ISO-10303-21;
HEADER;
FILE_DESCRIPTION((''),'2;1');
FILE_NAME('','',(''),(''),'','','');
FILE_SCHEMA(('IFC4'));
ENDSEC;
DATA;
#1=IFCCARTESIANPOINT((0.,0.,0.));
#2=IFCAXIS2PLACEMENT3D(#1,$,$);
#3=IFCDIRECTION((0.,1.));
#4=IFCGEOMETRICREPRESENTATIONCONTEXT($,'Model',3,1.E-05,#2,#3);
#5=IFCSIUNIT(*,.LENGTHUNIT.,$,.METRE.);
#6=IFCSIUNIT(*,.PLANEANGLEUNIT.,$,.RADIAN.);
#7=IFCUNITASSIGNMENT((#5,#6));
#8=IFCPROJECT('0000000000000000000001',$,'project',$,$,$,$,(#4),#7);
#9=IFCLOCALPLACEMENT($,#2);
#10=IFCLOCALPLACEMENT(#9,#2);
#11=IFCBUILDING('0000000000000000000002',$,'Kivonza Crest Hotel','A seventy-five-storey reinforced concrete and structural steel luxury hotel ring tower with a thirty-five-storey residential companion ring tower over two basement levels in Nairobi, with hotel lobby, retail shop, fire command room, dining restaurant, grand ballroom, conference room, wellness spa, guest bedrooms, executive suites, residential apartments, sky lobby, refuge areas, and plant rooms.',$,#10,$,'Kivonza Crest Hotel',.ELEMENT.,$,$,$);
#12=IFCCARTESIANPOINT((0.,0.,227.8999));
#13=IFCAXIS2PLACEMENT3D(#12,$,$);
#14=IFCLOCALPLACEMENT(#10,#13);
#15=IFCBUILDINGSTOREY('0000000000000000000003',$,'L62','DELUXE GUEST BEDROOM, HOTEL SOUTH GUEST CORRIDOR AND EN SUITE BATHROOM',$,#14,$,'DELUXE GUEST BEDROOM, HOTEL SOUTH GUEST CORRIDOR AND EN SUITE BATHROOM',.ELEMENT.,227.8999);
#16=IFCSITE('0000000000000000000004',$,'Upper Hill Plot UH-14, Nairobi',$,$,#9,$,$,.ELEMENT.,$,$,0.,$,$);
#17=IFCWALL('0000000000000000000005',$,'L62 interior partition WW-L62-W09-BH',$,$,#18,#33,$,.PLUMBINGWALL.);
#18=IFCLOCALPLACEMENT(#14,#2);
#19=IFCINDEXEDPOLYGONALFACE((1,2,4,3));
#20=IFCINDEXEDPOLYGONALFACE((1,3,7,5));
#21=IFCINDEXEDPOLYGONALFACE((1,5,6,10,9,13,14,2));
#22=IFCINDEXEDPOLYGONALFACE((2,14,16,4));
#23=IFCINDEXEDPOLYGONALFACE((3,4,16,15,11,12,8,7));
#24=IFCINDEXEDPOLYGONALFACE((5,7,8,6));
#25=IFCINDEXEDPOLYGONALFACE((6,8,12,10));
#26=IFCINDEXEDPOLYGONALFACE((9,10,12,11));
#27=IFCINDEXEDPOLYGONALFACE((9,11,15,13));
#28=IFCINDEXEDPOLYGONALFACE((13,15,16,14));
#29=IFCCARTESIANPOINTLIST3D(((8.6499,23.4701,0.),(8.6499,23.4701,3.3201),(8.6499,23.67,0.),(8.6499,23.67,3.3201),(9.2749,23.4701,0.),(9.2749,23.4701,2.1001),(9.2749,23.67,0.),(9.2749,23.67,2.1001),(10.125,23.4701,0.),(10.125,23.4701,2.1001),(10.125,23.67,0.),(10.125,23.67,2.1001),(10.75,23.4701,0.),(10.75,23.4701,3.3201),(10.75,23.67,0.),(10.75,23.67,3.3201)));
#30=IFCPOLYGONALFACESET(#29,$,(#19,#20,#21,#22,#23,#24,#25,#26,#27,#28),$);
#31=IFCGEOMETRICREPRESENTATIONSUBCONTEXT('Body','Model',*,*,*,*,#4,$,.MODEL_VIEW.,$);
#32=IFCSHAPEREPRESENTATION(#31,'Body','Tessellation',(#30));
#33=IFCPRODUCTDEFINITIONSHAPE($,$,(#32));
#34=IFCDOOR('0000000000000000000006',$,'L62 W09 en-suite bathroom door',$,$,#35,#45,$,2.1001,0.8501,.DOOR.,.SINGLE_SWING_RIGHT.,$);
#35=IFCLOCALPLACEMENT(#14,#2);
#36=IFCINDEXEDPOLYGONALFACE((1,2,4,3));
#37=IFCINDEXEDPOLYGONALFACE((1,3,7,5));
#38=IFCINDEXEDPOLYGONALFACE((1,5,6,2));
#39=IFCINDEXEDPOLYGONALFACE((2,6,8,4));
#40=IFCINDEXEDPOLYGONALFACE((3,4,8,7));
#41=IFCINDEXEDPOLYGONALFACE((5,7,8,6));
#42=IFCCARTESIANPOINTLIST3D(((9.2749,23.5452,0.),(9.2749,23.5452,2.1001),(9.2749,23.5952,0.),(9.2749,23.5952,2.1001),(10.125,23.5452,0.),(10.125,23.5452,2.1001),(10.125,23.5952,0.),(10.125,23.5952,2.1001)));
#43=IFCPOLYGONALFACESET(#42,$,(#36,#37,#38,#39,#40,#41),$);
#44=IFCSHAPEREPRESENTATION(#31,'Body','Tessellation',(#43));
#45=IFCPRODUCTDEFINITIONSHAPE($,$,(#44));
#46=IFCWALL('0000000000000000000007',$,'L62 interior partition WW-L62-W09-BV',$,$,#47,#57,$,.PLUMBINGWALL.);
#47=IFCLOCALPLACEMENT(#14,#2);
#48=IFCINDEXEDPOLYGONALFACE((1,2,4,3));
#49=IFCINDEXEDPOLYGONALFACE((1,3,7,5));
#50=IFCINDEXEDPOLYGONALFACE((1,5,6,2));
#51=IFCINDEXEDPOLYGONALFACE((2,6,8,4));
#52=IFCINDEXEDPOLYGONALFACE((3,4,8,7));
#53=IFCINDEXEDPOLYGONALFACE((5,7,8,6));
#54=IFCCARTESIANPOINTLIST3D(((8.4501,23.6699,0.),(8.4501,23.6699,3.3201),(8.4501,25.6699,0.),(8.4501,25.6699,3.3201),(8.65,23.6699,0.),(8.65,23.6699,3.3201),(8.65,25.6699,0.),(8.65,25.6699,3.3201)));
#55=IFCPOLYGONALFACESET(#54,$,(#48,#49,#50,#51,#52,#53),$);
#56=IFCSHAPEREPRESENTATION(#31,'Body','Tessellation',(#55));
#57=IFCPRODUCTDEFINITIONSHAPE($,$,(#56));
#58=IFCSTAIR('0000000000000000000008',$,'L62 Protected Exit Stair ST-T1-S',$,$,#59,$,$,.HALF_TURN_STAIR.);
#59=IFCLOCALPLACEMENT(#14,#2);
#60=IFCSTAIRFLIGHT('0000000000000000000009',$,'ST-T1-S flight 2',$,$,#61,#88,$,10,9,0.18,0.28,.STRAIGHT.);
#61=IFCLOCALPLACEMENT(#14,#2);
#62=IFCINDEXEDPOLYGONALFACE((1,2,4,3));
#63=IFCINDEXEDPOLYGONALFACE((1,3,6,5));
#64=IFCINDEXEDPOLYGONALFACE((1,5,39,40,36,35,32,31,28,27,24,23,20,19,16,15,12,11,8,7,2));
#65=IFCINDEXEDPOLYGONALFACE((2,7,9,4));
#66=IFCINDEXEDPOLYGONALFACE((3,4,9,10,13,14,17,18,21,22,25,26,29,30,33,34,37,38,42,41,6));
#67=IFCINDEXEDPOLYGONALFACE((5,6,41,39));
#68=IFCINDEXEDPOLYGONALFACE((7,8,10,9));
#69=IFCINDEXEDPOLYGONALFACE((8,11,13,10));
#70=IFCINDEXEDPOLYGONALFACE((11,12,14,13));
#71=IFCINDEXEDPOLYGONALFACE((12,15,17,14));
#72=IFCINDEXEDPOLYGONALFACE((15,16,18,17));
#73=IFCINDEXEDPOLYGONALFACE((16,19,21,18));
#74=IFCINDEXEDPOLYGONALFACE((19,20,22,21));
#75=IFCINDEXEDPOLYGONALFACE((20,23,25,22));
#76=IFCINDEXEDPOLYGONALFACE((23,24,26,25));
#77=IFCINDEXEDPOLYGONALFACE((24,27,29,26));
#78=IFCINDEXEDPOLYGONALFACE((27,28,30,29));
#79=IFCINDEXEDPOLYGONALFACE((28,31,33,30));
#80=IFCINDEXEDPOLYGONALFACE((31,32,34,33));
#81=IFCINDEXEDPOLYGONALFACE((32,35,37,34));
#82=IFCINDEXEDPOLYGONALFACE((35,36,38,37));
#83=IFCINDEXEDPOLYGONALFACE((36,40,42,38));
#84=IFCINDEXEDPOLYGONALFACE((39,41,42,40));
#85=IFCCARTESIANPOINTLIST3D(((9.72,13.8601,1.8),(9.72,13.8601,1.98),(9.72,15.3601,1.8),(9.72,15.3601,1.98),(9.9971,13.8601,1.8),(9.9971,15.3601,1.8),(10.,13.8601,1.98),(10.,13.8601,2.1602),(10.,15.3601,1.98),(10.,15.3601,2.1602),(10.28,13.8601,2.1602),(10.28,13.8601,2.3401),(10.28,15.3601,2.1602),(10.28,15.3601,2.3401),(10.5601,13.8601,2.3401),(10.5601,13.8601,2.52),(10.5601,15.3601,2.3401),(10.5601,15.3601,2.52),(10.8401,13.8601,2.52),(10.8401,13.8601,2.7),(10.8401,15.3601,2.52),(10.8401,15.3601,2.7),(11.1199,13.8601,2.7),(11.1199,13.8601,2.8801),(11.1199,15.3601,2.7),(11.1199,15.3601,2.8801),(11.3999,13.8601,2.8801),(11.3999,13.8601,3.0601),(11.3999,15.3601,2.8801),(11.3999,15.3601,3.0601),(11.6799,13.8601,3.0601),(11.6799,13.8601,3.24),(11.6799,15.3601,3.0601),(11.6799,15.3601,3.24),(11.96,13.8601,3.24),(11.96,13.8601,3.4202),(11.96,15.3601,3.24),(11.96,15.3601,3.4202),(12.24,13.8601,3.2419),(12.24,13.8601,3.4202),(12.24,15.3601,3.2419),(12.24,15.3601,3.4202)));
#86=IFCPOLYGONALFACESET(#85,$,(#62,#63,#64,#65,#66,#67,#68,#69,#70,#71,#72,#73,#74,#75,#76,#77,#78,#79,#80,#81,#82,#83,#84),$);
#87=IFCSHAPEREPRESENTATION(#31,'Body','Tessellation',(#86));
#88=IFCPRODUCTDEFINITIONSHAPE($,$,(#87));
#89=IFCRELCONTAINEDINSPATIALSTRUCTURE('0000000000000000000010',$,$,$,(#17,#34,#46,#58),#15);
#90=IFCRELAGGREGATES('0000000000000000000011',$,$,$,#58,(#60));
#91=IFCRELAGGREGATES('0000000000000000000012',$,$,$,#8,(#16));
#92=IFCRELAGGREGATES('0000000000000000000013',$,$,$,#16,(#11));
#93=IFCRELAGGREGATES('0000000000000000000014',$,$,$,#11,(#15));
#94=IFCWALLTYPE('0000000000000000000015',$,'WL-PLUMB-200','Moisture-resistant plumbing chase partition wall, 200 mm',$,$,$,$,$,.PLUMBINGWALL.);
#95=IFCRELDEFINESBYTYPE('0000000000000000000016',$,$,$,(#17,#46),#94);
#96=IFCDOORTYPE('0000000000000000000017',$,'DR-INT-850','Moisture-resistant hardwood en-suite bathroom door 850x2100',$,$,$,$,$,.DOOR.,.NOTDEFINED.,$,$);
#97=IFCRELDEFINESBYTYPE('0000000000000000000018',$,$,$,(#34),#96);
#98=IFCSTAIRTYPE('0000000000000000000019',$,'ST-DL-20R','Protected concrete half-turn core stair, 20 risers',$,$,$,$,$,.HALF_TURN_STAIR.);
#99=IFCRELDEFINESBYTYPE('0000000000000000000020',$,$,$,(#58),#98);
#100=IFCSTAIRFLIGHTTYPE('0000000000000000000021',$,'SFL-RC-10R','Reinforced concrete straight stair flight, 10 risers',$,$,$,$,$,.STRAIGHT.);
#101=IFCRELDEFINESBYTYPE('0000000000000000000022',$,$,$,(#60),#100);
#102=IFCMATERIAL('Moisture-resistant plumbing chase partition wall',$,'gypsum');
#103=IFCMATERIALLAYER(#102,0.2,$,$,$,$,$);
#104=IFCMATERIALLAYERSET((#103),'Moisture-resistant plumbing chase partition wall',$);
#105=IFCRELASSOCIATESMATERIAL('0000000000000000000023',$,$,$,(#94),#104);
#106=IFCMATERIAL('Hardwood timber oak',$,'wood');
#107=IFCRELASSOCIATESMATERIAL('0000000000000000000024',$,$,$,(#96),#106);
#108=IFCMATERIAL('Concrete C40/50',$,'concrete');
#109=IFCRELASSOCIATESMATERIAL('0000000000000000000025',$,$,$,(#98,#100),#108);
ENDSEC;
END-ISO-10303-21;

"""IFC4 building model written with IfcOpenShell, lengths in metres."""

from ifc_helpers import new_model, si_unit, direction, frame, frame_2d, origin, place, context, subcontext, project, spatial, polyline, rectangle, outline, extrude, material, layer, layer_set, type_object, element, fill, aggregate, save


model = new_model("IFC4")

# Units and contexts
model_context = context("Model", 3, precision=1e-05, world=origin(), true_north=direction((0.0, 1.0)))
body_context = subcontext(model_context, "Body", "Model", "MODEL_VIEW")
ifc_project = project(units=[si_unit("LENGTHUNIT", "METRE"), si_unit("PLANEANGLEUNIT", "RADIAN")], contexts=[model_context])

# Site, building, storey
site_placement = place(None, origin())
site = spatial("IfcSite", under=ifc_project, at=site_placement, Name="Upper Hill Plot UH-14, Nairobi", CompositionType="ELEMENT", RefElevation=0.0)
building_placement = place(site_placement, origin())
building = spatial("IfcBuilding", under=site, at=building_placement, Name="Kivonza Crest Hotel", Description="A seventy-five-storey reinforced concrete and structural steel luxury hotel ring tower with a thirty-five-storey residential companion ring tower over two basement levels in Nairobi, with hotel lobby, retail shop, fire command room, dining restaurant, grand ballroom, conference room, wellness spa, guest bedrooms, executive suites, residential apartments, sky lobby, refuge areas, and plant rooms.", LongName="Kivonza Crest Hotel", CompositionType="ELEMENT")
storey_placement = place(building_placement, frame((0.0, 0.0, 227.8999)))
storey = spatial("IfcBuildingStorey", under=building, at=storey_placement, Name="L62", Description="DELUXE GUEST BEDROOM, HOTEL SOUTH GUEST CORRIDOR AND EN SUITE BATHROOM", LongName="DELUXE GUEST BEDROOM, HOTEL SOUTH GUEST CORRIDOR AND EN SUITE BATHROOM", CompositionType="ELEMENT", Elevation=227.8999)

# Shared definitions
ifc_material_1 = material(Name="Hardwood timber oak", Category="wood")

# Wall, opening, door
ifc_material_2 = material(Name="Moisture-resistant plumbing chase partition wall", Category="gypsum")
ifc_layer_1 = layer(ifc_material_2, 0.2)
ifc_layer_set_1 = layer_set([ifc_layer_1], Name="Moisture-resistant plumbing chase partition wall")
wall_type_1 = type_object("IfcWallType", Name="WL-PLUMB-200", Description="Moisture-resistant plumbing chase partition wall, 200 mm", PredefinedType="PLUMBINGWALL", material=ifc_layer_set_1)
wall_1_placement = place(storey_placement, frame((8.6499, 23.5701, 0.0), z_axis=(0.0, 0.0, 1.0), x_axis=(1.0, 0.0, 0.0)))
wall_1 = element("IfcWall", 1, at=wall_1_placement, inside=storey, type_object=wall_type_1, Name="L62 interior partition WW-L62-W09-BH", PredefinedType="PLUMBINGWALL", context=body_context, shape_type="SweptSolid", body=[
    extrude(rectangle(XDim=2.1001, YDim=0.2, at=frame_2d((1.05, 0.0))), origin(), (0.0, 0.0, 1.0), 3.3201),
])
opening_1_placement = place(wall_1_placement, frame((0.625, 0.0, 0.0)))
opening_1 = element("IfcOpeningElement", 2, at=opening_1_placement, cuts=wall_1, PredefinedType="OPENING", context=body_context, shape_type="SweptSolid", body=[
    extrude(rectangle(XDim=0.8501, YDim=2.1001, at=frame_2d((0.425, 1.05))), frame((0.0, 0.1099, 0.0), z_axis=(0.0, -1.0, 0.0), x_axis=(1.0, 0.0, 0.0)), (0.0, 0.0, 1.0), 0.22),
])
door_type_1 = type_object("IfcDoorType", Name="DR-INT-850", Description="Moisture-resistant hardwood en-suite bathroom door 850x2100", OperationType="NOTDEFINED", PredefinedType="DOOR", material=ifc_material_1)
door_1_placement = place(opening_1_placement, frame((0.8501, 0.0, 0.0), z_axis=(0.0, 0.0, 1.0), x_axis=(-1.0, 0.0, 0.0)))
door_1 = element("IfcDoor", 3, at=door_1_placement, inside=storey, type_object=door_type_1, Name="L62 W09 en-suite bathroom door", OperationType="SINGLE_SWING_RIGHT", OverallHeight=2.1001, OverallWidth=0.8501, PredefinedType="DOOR", context=body_context, shape_type="SweptSolid", body=[
    extrude(rectangle(XDim=0.8501, YDim=2.1001, at=frame_2d((0.425, 1.05))), frame((0.0, 0.0249, 0.0), z_axis=(0.0, -1.0, 0.0), x_axis=(1.0, 0.0, 0.0)), (0.0, 0.0, 1.0), 0.05),
])
fill(opening_1, door_1)

# Wall
wall_2_placement = place(storey_placement, frame((8.55, 23.6699, 0.0), z_axis=(0.0, 0.0, 1.0), x_axis=(0.0, 1.0, 0.0)))
element("IfcWall", 4, at=wall_2_placement, inside=storey, type_object=wall_type_1, Name="L62 interior partition WW-L62-W09-BV", PredefinedType="PLUMBINGWALL", context=body_context, shape_type="SweptSolid", body=[
    extrude(rectangle(XDim=2.0, YDim=0.2, at=frame_2d((1.0, 0.0))), origin(), (0.0, 0.0, 1.0), 3.3201),
])

# Stair, stair flight
ifc_material_3 = material(Name="Concrete C40/50", Category="concrete")
stair_type = type_object("IfcStairType", Name="ST-DL-20R", Description="Protected concrete half-turn core stair, 20 risers", PredefinedType="HALF_TURN_STAIR", material=ifc_material_3)
stair_placement = place(storey_placement, origin())
stair = element("IfcStair", 5, at=stair_placement, inside=storey, type_object=stair_type, Name="L62 Protected Exit Stair ST-T1-S", PredefinedType="HALF_TURN_STAIR")
stair_flight_type = type_object("IfcStairFlightType", Name="SFL-RC-10R", Description="Reinforced concrete straight stair flight, 10 risers", PredefinedType="STRAIGHT", material=ifc_material_3)
stair_flight_placement = place(storey_placement, frame((9.72, 14.6101, 1.8), z_axis=(0.0, 0.0, 1.0), x_axis=(1.0, 0.0, 0.0)))
stair_flight = element("IfcStairFlight", 6, at=stair_flight_placement, type_object=stair_flight_type, Name="ST-T1-S flight 2", NumberOfRisers=10, NumberOfTreads=9, PredefinedType="STRAIGHT", RiserHeight=0.18, TreadLength=0.28, context=body_context, shape_type="SweptSolid", body=[
    extrude(outline(polyline([(0.0, 0.0), (0.0, 0.1799), (0.28, 0.1799), (0.28, 0.3601), (0.5601, 0.3601), (0.5601, 0.54), (0.8401, 0.54), (0.8401, 0.72), (1.1201, 0.72), (1.1201, 0.8999), (1.3999, 0.8999), (1.3999, 1.0801), (1.6799, 1.0801), (1.6799, 1.26), (1.96, 1.26), (1.96, 1.4399), (2.24, 1.4399), (2.24, 1.6201), (2.52, 1.6201), (2.52, 1.8), (2.52, 1.4419), (0.2771, 0.0), (0.0, 0.0)])), frame((0.0, 0.75, 0.0), z_axis=(0.0, -1.0, 0.0), x_axis=(1.0, 0.0, 0.0)), (0.0, 0.0, 1.0), 1.5),
])
aggregate(stair, [stair_flight])

save(model, "model.ifc")
